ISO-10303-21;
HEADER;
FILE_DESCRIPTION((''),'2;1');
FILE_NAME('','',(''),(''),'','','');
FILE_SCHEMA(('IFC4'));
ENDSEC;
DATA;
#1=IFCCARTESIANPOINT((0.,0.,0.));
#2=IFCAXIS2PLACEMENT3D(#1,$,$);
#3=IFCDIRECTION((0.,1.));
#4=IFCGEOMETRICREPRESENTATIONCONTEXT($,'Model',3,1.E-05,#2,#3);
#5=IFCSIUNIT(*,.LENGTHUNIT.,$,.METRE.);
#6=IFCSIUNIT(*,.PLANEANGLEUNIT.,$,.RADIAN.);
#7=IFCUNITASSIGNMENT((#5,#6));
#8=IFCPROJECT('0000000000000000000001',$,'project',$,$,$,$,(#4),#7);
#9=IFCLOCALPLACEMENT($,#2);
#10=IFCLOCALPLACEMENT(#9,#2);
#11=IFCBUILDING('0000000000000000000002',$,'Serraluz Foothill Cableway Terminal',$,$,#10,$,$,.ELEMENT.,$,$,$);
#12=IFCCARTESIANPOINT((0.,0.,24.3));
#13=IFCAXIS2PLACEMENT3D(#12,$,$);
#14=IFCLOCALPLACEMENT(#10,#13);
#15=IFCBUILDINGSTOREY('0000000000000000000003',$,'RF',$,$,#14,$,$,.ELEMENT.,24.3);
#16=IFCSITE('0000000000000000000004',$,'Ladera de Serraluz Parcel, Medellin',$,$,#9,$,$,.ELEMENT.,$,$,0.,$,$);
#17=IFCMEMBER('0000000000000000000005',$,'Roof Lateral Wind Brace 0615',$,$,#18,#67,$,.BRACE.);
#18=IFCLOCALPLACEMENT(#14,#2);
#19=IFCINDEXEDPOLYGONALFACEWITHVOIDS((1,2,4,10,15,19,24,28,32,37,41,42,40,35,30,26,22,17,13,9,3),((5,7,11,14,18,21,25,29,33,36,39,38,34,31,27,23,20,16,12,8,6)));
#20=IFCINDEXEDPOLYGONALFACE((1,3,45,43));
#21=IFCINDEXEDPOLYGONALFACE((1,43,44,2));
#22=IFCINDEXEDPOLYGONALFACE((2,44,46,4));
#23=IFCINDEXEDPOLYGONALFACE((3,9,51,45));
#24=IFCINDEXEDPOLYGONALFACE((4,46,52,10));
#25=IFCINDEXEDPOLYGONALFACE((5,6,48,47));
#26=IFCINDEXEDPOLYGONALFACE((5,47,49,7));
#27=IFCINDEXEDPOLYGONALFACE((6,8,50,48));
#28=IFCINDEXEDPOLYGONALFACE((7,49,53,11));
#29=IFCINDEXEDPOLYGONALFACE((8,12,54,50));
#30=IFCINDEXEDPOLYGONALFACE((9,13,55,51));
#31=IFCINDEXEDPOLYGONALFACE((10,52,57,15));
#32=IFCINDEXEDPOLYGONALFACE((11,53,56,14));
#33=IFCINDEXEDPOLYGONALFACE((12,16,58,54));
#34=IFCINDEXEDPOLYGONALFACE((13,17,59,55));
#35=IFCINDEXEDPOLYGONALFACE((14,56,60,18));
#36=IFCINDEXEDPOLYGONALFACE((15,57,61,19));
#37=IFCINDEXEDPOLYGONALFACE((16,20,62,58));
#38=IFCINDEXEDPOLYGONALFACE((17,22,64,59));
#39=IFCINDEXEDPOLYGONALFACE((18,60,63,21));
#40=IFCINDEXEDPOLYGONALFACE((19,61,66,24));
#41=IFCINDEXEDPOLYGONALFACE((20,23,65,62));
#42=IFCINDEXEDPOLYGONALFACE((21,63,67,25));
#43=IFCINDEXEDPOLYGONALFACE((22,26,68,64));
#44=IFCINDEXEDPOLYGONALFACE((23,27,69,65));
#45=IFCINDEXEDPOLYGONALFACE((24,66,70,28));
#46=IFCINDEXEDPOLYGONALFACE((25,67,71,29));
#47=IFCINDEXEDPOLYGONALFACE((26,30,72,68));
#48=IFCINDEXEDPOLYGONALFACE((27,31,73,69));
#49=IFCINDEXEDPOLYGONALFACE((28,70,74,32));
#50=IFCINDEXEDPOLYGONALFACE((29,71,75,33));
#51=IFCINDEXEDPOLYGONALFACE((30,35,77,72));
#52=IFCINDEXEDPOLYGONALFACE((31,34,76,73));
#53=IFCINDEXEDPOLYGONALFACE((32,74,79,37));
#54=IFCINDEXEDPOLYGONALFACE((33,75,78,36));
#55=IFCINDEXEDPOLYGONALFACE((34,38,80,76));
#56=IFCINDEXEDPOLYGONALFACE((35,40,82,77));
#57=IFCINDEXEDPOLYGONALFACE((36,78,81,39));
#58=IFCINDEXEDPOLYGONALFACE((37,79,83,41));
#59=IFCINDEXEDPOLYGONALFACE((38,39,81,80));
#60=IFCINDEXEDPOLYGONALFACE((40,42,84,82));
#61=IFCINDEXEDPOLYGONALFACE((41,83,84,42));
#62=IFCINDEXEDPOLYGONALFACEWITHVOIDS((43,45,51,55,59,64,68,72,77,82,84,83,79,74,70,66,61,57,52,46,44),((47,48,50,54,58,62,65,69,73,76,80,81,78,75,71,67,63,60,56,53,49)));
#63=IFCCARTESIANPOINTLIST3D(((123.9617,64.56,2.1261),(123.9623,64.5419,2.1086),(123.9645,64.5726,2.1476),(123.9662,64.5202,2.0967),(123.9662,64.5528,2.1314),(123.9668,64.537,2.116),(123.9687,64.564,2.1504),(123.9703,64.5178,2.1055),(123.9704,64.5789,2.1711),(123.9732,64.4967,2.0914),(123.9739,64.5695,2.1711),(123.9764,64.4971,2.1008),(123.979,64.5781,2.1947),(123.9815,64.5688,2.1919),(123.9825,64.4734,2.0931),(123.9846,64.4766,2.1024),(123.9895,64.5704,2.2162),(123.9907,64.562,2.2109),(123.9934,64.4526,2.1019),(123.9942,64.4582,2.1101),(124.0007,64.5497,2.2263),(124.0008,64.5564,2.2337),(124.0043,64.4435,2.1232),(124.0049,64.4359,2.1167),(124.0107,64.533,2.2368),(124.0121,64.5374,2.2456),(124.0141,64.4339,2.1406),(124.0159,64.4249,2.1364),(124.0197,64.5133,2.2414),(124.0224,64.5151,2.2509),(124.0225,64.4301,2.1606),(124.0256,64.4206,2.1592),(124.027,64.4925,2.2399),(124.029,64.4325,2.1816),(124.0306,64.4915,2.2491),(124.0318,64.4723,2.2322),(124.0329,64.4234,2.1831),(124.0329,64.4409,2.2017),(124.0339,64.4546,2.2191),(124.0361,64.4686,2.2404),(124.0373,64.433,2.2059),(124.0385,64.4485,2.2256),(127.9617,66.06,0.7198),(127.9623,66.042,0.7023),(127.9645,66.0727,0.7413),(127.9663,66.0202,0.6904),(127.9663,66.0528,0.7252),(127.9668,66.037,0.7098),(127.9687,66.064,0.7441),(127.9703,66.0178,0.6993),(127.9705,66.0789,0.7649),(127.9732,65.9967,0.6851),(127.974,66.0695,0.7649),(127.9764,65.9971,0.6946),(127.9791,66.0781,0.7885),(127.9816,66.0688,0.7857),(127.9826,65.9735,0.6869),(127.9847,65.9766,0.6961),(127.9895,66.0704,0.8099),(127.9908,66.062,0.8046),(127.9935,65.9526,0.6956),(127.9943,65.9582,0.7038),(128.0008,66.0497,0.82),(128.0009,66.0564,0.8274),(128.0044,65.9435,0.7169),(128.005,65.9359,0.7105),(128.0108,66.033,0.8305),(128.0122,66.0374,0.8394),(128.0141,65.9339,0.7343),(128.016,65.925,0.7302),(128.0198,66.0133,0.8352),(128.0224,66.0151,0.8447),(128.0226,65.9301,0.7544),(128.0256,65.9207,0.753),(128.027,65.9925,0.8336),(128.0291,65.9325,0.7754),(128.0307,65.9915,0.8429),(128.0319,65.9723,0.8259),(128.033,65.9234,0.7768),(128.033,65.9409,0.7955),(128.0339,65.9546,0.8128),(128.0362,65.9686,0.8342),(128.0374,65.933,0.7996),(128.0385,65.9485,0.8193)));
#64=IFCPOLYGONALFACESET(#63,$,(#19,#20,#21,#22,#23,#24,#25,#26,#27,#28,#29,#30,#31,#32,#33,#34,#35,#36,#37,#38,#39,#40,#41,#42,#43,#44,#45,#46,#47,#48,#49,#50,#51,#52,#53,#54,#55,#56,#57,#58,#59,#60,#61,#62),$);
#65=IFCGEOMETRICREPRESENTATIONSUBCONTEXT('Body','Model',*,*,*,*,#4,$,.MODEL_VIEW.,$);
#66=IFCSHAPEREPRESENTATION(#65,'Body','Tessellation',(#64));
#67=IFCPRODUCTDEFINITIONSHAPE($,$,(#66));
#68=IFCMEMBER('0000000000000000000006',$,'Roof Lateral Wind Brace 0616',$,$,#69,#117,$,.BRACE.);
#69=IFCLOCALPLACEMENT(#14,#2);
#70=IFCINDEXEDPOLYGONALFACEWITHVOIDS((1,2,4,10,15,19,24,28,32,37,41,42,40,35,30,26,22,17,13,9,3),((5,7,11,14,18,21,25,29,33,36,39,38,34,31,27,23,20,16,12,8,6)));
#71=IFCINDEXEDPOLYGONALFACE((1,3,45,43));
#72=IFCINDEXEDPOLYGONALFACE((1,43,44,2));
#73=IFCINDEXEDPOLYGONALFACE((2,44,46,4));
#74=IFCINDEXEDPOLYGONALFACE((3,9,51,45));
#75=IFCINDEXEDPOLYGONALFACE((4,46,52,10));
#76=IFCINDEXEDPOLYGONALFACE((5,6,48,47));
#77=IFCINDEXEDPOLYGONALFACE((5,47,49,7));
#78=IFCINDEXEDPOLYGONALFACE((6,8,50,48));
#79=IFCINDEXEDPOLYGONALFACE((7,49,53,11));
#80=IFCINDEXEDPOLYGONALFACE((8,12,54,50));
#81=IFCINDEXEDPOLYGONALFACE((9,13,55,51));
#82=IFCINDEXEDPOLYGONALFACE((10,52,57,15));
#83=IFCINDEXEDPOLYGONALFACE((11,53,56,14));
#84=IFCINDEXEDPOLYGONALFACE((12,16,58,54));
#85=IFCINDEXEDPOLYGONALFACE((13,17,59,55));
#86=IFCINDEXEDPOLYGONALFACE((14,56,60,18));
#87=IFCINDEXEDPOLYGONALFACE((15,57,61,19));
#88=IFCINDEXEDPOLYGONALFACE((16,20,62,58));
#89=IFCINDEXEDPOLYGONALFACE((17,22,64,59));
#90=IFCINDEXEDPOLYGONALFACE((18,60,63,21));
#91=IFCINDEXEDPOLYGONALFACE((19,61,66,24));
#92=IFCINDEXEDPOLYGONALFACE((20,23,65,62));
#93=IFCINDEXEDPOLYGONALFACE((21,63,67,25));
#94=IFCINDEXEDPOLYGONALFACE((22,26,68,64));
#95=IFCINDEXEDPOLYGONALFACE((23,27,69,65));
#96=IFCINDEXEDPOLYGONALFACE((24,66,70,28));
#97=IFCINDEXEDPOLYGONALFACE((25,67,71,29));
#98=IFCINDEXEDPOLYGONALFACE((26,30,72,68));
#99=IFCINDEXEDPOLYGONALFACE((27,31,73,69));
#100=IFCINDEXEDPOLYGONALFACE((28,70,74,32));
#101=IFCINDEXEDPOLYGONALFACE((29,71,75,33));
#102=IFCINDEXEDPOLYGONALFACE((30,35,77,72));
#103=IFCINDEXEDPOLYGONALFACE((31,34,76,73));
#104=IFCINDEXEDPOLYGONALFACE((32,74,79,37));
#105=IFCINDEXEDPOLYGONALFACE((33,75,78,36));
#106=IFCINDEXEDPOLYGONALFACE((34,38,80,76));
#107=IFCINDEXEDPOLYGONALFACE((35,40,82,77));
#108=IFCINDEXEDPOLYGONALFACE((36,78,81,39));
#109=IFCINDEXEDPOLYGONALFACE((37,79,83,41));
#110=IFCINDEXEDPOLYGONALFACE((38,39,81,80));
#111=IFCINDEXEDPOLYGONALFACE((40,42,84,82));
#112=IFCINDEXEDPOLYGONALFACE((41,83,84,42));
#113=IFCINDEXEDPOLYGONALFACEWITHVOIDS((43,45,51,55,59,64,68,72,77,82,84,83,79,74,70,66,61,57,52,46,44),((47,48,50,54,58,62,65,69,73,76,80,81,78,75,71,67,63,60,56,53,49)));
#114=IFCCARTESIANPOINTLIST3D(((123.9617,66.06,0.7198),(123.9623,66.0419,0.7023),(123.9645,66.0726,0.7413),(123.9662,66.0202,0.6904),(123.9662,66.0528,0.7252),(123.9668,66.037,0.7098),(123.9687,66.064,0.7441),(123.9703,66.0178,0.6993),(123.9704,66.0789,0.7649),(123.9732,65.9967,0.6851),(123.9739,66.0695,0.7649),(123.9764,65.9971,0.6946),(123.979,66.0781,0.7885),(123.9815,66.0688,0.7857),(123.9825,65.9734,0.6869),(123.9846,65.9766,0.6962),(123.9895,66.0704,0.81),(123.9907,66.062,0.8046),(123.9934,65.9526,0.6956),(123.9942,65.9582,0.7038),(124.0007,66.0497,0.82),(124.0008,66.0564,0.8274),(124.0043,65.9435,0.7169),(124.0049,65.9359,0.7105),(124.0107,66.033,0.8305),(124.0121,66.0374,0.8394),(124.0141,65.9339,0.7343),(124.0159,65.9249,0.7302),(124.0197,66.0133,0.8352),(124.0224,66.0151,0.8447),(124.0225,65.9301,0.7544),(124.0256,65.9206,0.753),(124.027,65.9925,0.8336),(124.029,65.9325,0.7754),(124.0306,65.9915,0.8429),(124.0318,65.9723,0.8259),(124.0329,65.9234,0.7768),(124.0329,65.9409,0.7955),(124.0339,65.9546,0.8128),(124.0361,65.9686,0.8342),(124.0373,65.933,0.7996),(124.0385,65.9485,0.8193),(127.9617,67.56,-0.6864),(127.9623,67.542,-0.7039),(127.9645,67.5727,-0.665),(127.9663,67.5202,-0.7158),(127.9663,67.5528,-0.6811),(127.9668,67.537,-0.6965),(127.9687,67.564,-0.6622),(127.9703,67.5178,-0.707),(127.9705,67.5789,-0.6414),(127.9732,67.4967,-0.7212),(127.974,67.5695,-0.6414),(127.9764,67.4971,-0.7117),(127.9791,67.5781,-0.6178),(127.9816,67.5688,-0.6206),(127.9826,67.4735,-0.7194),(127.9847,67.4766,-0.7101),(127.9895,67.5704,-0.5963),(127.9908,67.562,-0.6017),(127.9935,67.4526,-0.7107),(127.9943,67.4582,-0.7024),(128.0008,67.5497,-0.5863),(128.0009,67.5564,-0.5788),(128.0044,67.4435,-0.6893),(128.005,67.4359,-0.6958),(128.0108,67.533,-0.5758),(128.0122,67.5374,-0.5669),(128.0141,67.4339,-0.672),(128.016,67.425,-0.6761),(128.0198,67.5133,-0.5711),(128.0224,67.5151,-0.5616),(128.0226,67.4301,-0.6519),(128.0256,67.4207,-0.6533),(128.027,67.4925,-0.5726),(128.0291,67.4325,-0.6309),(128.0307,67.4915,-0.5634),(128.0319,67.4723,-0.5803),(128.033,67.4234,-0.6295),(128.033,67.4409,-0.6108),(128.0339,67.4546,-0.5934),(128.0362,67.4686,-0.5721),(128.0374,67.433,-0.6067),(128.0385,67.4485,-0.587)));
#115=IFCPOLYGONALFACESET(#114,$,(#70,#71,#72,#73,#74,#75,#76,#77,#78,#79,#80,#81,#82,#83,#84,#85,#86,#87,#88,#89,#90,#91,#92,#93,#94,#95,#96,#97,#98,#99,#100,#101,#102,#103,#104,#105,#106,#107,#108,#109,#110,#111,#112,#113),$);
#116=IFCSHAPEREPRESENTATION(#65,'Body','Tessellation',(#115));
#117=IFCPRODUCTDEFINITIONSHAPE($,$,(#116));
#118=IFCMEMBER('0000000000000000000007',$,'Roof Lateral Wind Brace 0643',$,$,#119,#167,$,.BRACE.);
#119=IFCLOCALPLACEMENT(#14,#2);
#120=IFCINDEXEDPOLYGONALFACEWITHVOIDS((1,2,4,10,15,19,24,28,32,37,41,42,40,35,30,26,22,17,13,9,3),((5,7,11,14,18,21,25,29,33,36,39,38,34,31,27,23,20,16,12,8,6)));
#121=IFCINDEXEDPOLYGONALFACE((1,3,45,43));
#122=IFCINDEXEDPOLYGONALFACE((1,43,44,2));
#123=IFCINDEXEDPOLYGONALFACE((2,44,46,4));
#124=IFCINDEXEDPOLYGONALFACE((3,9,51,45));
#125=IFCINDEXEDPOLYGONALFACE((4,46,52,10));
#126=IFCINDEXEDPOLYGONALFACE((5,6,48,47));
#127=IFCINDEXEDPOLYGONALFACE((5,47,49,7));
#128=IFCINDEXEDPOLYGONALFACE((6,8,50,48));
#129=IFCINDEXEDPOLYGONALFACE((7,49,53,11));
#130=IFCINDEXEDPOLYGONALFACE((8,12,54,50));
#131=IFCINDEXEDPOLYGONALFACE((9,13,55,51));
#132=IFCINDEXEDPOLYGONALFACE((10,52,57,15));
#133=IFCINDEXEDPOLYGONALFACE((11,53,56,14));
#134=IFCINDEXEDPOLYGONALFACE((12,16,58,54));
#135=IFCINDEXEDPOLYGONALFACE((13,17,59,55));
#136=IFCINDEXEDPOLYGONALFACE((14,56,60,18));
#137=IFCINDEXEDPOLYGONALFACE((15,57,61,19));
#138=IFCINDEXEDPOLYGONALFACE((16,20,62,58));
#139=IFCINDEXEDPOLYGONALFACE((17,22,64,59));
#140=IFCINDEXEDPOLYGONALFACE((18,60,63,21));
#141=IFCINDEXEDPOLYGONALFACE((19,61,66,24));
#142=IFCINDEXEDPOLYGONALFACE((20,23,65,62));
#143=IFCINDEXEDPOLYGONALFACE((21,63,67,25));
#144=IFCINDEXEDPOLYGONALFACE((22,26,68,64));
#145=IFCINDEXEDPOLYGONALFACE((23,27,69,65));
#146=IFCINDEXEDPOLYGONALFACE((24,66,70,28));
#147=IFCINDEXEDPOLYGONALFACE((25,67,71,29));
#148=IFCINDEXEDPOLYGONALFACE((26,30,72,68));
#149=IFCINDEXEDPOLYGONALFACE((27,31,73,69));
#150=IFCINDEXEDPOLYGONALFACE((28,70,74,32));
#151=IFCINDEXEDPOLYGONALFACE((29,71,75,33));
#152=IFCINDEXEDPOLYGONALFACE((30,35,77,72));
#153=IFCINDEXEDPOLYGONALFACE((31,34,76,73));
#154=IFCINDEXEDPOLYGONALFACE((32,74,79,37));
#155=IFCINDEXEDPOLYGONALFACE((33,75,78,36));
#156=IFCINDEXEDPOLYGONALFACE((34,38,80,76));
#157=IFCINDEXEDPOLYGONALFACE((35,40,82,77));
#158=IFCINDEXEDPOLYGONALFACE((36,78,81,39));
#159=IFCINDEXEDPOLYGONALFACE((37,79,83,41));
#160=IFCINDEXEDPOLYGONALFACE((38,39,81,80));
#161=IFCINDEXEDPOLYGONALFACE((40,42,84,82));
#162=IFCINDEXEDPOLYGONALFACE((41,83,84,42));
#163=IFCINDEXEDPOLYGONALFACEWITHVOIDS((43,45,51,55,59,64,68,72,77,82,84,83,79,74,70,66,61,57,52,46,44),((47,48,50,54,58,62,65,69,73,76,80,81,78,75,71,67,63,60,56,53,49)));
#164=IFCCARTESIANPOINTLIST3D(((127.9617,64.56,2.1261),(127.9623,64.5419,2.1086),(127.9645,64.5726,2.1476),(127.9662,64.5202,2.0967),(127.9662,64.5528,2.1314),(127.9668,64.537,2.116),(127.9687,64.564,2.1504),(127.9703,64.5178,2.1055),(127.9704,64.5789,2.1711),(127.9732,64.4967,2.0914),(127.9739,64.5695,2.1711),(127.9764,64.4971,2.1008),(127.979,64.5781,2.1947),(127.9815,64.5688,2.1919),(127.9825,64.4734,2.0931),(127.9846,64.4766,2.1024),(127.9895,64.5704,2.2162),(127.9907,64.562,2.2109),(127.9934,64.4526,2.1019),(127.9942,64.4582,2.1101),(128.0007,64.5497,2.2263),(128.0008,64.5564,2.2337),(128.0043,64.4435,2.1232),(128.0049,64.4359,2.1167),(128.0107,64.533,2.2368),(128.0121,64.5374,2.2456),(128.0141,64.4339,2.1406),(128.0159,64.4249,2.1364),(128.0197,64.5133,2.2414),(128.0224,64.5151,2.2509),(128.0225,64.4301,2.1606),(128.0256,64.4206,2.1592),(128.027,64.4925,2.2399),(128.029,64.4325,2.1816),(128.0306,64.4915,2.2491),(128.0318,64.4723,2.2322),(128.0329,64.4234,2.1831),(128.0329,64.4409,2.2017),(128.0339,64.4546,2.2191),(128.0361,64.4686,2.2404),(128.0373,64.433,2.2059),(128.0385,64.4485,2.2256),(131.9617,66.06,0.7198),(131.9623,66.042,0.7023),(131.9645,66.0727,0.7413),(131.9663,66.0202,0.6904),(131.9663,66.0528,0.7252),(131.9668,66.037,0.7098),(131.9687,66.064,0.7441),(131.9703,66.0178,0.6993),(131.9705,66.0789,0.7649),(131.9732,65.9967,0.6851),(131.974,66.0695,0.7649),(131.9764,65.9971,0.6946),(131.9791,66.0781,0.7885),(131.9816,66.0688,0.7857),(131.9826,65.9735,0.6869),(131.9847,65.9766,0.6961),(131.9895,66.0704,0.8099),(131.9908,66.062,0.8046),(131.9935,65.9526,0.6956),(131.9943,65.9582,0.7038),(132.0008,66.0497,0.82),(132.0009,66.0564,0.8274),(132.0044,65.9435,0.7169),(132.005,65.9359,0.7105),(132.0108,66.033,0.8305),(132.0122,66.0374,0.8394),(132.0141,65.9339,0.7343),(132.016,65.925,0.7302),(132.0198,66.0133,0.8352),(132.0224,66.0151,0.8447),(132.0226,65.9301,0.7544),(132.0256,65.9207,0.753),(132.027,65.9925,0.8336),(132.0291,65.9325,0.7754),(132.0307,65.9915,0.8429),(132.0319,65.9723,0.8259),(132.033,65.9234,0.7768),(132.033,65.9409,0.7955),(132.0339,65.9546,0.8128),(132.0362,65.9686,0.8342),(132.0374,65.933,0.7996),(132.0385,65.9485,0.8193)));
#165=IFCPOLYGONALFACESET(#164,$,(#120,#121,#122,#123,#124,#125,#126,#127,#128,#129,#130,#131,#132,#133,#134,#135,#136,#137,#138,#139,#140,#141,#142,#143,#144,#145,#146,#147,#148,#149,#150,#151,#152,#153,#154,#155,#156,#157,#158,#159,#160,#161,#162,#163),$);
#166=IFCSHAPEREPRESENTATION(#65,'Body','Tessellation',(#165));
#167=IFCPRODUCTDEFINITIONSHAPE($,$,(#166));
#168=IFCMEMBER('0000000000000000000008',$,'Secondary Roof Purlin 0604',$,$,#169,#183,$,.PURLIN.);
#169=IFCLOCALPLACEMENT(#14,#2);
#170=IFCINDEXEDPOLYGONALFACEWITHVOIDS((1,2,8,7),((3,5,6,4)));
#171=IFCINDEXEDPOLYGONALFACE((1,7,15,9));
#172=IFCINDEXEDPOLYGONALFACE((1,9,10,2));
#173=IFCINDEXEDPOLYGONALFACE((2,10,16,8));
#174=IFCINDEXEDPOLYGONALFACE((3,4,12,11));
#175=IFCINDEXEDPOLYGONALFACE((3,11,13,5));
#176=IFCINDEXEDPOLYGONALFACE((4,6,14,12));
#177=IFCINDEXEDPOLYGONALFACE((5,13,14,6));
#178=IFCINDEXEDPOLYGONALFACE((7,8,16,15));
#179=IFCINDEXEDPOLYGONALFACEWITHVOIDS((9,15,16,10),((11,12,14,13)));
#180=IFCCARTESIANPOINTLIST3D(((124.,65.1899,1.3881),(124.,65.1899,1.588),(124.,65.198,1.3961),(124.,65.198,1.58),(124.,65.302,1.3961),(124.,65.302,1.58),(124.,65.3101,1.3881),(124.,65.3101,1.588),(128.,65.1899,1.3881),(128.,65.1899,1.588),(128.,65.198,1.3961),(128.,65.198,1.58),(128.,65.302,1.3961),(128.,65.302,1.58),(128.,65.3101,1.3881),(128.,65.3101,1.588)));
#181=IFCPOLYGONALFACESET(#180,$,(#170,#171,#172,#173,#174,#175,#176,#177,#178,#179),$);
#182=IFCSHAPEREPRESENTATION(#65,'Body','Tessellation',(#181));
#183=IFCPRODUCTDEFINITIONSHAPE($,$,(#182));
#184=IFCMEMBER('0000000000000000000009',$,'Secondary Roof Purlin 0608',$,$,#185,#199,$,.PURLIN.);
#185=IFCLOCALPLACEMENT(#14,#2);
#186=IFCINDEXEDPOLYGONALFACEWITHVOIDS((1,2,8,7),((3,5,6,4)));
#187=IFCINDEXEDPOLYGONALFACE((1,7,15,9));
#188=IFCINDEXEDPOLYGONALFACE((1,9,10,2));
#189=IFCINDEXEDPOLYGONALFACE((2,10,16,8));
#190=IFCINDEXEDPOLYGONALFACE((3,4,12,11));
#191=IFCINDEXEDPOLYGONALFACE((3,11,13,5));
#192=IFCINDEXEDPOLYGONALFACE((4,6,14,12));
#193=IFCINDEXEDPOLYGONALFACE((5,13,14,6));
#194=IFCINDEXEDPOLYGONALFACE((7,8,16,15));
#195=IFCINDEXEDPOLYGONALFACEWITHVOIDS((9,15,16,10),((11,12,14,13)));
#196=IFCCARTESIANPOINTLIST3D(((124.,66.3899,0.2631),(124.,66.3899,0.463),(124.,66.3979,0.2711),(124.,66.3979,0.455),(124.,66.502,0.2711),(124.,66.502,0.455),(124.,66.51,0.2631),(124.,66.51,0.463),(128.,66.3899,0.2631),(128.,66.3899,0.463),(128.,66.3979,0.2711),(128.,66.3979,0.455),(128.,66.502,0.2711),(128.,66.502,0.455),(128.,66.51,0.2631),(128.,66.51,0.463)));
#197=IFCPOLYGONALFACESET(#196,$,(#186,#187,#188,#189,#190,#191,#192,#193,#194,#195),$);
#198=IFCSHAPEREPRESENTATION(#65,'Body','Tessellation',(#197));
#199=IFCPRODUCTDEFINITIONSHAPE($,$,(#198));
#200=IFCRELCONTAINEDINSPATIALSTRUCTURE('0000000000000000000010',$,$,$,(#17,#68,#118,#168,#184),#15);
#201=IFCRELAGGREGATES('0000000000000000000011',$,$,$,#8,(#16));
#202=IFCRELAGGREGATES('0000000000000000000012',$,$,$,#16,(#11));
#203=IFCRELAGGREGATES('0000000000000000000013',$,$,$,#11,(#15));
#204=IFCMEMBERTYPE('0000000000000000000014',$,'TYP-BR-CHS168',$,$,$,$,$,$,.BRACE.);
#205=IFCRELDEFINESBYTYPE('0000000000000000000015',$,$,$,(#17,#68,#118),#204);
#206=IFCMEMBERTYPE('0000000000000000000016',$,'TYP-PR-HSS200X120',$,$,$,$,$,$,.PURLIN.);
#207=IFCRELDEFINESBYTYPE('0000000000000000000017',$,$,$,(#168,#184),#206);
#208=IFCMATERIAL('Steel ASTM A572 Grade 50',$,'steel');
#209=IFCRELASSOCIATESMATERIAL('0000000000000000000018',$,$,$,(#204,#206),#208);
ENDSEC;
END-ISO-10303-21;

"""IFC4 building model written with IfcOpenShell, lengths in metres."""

from ifc_helpers import new_model, si_unit, direction, frame, origin, origin_2d, place, context, subcontext, project, spatial, hollow_rectangle, hollow_circle, extrude, material, material_profile, profile_set, type_object, element, save


model = new_model("IFC4")

# Units and contexts
model_context = context("Model", 3, precision=1e-05, world=origin(), true_north=direction((0.0, 1.0)))
body_context = subcontext(model_context, "Body", "Model", "MODEL_VIEW")
ifc_project = project(units=[si_unit("LENGTHUNIT", "METRE"), si_unit("PLANEANGLEUNIT", "RADIAN")], contexts=[model_context])

# Site, building, storey
site_placement = place(None, origin())
site = spatial("IfcSite", under=ifc_project, at=site_placement, Name="Ladera de Serraluz Parcel, Medellin", CompositionType="ELEMENT", RefElevation=0.0)
building_placement = place(site_placement, origin())
building = spatial("IfcBuilding", under=site, at=building_placement, Name="Serraluz Foothill Cableway Terminal", CompositionType="ELEMENT")
storey_placement = place(building_placement, frame((0.0, 0.0, 24.3)))
storey = spatial("IfcBuildingStorey", under=building, at=storey_placement, Name="RF", CompositionType="ELEMENT", Elevation=24.3)

# Members
ifc_material_1 = material(Name="Steel ASTM A572 Grade 50", Category="steel")
ifc_material_profile_1 = material_profile(ifc_material_1, hollow_circle(Radius=0.0842, WallThickness=0.01, at=origin_2d()), Name="CHS168X10")
ifc_profile_set_1 = profile_set([ifc_material_profile_1], Name="Steel ASTM A572 Grade 50")
member_type_1 = type_object("IfcMemberType", Name="TYP-BR-CHS168", PredefinedType="BRACE", material=ifc_profile_set_1)
for number, where, z_axis, x_axis, name in (
    (1, (124.0, 64.5, 2.1711), (0.889382, 0.333518, -0.312673), (-0.351123, 0.936329, 0.0), "Roof Lateral Wind Brace 0615"),
    (2, (124.0, 66.0, 0.7649), (0.889382, 0.333518, -0.312673), (-0.351123, 0.936329, 0.0), "Roof Lateral Wind Brace 0616"),
    (3, (128.0, 64.5, 2.1711), (0.889382, 0.333518, -0.312673), (-0.351123, 0.936329, 0.0), "Roof Lateral Wind Brace 0643"),
):
    element("IfcMember", number, at=place(storey_placement, frame(where, z_axis=z_axis, x_axis=x_axis)), inside=storey, type_object=member_type_1, Name=name, PredefinedType="BRACE", context=body_context, shape_type="SweptSolid", body=[
        extrude(hollow_circle(Radius=0.0842, WallThickness=0.01, at=origin_2d()), origin(), (0.0, 0.0, 1.0), 4.4976),
    ])
ifc_material_profile_2 = material_profile(ifc_material_1, hollow_rectangle(XDim=0.1201, YDim=0.2, WallThickness=0.0081, at=origin_2d()), Name="HSS200X120X8")
ifc_profile_set_2 = profile_set([ifc_material_profile_2], Name="Steel ASTM A572 Grade 50")
member_type_2 = type_object("IfcMemberType", Name="TYP-PR-HSS200X120", PredefinedType="PURLIN", material=ifc_profile_set_2)
for number, where, z_axis, x_axis, name in (
    (4, (124.0, 65.25, 1.488), (1.0, 0.0, 0.0), (0.0, 1.0, 0.0), "Secondary Roof Purlin 0604"),
    (5, (124.0, 66.45, 0.363), (1.0, 0.0, 0.0), (0.0, 1.0, 0.0), "Secondary Roof Purlin 0608"),
):
    element("IfcMember", number, at=place(storey_placement, frame(where, z_axis=z_axis, x_axis=x_axis)), inside=storey, type_object=member_type_2, Name=name, PredefinedType="PURLIN", context=body_context, shape_type="SweptSolid", body=[
        extrude(hollow_rectangle(XDim=0.1201, YDim=0.2, WallThickness=0.0081, at=origin_2d()), origin(), (0.0, 0.0, 1.0), 4.0),
    ])

save(model, "model.ifc")
